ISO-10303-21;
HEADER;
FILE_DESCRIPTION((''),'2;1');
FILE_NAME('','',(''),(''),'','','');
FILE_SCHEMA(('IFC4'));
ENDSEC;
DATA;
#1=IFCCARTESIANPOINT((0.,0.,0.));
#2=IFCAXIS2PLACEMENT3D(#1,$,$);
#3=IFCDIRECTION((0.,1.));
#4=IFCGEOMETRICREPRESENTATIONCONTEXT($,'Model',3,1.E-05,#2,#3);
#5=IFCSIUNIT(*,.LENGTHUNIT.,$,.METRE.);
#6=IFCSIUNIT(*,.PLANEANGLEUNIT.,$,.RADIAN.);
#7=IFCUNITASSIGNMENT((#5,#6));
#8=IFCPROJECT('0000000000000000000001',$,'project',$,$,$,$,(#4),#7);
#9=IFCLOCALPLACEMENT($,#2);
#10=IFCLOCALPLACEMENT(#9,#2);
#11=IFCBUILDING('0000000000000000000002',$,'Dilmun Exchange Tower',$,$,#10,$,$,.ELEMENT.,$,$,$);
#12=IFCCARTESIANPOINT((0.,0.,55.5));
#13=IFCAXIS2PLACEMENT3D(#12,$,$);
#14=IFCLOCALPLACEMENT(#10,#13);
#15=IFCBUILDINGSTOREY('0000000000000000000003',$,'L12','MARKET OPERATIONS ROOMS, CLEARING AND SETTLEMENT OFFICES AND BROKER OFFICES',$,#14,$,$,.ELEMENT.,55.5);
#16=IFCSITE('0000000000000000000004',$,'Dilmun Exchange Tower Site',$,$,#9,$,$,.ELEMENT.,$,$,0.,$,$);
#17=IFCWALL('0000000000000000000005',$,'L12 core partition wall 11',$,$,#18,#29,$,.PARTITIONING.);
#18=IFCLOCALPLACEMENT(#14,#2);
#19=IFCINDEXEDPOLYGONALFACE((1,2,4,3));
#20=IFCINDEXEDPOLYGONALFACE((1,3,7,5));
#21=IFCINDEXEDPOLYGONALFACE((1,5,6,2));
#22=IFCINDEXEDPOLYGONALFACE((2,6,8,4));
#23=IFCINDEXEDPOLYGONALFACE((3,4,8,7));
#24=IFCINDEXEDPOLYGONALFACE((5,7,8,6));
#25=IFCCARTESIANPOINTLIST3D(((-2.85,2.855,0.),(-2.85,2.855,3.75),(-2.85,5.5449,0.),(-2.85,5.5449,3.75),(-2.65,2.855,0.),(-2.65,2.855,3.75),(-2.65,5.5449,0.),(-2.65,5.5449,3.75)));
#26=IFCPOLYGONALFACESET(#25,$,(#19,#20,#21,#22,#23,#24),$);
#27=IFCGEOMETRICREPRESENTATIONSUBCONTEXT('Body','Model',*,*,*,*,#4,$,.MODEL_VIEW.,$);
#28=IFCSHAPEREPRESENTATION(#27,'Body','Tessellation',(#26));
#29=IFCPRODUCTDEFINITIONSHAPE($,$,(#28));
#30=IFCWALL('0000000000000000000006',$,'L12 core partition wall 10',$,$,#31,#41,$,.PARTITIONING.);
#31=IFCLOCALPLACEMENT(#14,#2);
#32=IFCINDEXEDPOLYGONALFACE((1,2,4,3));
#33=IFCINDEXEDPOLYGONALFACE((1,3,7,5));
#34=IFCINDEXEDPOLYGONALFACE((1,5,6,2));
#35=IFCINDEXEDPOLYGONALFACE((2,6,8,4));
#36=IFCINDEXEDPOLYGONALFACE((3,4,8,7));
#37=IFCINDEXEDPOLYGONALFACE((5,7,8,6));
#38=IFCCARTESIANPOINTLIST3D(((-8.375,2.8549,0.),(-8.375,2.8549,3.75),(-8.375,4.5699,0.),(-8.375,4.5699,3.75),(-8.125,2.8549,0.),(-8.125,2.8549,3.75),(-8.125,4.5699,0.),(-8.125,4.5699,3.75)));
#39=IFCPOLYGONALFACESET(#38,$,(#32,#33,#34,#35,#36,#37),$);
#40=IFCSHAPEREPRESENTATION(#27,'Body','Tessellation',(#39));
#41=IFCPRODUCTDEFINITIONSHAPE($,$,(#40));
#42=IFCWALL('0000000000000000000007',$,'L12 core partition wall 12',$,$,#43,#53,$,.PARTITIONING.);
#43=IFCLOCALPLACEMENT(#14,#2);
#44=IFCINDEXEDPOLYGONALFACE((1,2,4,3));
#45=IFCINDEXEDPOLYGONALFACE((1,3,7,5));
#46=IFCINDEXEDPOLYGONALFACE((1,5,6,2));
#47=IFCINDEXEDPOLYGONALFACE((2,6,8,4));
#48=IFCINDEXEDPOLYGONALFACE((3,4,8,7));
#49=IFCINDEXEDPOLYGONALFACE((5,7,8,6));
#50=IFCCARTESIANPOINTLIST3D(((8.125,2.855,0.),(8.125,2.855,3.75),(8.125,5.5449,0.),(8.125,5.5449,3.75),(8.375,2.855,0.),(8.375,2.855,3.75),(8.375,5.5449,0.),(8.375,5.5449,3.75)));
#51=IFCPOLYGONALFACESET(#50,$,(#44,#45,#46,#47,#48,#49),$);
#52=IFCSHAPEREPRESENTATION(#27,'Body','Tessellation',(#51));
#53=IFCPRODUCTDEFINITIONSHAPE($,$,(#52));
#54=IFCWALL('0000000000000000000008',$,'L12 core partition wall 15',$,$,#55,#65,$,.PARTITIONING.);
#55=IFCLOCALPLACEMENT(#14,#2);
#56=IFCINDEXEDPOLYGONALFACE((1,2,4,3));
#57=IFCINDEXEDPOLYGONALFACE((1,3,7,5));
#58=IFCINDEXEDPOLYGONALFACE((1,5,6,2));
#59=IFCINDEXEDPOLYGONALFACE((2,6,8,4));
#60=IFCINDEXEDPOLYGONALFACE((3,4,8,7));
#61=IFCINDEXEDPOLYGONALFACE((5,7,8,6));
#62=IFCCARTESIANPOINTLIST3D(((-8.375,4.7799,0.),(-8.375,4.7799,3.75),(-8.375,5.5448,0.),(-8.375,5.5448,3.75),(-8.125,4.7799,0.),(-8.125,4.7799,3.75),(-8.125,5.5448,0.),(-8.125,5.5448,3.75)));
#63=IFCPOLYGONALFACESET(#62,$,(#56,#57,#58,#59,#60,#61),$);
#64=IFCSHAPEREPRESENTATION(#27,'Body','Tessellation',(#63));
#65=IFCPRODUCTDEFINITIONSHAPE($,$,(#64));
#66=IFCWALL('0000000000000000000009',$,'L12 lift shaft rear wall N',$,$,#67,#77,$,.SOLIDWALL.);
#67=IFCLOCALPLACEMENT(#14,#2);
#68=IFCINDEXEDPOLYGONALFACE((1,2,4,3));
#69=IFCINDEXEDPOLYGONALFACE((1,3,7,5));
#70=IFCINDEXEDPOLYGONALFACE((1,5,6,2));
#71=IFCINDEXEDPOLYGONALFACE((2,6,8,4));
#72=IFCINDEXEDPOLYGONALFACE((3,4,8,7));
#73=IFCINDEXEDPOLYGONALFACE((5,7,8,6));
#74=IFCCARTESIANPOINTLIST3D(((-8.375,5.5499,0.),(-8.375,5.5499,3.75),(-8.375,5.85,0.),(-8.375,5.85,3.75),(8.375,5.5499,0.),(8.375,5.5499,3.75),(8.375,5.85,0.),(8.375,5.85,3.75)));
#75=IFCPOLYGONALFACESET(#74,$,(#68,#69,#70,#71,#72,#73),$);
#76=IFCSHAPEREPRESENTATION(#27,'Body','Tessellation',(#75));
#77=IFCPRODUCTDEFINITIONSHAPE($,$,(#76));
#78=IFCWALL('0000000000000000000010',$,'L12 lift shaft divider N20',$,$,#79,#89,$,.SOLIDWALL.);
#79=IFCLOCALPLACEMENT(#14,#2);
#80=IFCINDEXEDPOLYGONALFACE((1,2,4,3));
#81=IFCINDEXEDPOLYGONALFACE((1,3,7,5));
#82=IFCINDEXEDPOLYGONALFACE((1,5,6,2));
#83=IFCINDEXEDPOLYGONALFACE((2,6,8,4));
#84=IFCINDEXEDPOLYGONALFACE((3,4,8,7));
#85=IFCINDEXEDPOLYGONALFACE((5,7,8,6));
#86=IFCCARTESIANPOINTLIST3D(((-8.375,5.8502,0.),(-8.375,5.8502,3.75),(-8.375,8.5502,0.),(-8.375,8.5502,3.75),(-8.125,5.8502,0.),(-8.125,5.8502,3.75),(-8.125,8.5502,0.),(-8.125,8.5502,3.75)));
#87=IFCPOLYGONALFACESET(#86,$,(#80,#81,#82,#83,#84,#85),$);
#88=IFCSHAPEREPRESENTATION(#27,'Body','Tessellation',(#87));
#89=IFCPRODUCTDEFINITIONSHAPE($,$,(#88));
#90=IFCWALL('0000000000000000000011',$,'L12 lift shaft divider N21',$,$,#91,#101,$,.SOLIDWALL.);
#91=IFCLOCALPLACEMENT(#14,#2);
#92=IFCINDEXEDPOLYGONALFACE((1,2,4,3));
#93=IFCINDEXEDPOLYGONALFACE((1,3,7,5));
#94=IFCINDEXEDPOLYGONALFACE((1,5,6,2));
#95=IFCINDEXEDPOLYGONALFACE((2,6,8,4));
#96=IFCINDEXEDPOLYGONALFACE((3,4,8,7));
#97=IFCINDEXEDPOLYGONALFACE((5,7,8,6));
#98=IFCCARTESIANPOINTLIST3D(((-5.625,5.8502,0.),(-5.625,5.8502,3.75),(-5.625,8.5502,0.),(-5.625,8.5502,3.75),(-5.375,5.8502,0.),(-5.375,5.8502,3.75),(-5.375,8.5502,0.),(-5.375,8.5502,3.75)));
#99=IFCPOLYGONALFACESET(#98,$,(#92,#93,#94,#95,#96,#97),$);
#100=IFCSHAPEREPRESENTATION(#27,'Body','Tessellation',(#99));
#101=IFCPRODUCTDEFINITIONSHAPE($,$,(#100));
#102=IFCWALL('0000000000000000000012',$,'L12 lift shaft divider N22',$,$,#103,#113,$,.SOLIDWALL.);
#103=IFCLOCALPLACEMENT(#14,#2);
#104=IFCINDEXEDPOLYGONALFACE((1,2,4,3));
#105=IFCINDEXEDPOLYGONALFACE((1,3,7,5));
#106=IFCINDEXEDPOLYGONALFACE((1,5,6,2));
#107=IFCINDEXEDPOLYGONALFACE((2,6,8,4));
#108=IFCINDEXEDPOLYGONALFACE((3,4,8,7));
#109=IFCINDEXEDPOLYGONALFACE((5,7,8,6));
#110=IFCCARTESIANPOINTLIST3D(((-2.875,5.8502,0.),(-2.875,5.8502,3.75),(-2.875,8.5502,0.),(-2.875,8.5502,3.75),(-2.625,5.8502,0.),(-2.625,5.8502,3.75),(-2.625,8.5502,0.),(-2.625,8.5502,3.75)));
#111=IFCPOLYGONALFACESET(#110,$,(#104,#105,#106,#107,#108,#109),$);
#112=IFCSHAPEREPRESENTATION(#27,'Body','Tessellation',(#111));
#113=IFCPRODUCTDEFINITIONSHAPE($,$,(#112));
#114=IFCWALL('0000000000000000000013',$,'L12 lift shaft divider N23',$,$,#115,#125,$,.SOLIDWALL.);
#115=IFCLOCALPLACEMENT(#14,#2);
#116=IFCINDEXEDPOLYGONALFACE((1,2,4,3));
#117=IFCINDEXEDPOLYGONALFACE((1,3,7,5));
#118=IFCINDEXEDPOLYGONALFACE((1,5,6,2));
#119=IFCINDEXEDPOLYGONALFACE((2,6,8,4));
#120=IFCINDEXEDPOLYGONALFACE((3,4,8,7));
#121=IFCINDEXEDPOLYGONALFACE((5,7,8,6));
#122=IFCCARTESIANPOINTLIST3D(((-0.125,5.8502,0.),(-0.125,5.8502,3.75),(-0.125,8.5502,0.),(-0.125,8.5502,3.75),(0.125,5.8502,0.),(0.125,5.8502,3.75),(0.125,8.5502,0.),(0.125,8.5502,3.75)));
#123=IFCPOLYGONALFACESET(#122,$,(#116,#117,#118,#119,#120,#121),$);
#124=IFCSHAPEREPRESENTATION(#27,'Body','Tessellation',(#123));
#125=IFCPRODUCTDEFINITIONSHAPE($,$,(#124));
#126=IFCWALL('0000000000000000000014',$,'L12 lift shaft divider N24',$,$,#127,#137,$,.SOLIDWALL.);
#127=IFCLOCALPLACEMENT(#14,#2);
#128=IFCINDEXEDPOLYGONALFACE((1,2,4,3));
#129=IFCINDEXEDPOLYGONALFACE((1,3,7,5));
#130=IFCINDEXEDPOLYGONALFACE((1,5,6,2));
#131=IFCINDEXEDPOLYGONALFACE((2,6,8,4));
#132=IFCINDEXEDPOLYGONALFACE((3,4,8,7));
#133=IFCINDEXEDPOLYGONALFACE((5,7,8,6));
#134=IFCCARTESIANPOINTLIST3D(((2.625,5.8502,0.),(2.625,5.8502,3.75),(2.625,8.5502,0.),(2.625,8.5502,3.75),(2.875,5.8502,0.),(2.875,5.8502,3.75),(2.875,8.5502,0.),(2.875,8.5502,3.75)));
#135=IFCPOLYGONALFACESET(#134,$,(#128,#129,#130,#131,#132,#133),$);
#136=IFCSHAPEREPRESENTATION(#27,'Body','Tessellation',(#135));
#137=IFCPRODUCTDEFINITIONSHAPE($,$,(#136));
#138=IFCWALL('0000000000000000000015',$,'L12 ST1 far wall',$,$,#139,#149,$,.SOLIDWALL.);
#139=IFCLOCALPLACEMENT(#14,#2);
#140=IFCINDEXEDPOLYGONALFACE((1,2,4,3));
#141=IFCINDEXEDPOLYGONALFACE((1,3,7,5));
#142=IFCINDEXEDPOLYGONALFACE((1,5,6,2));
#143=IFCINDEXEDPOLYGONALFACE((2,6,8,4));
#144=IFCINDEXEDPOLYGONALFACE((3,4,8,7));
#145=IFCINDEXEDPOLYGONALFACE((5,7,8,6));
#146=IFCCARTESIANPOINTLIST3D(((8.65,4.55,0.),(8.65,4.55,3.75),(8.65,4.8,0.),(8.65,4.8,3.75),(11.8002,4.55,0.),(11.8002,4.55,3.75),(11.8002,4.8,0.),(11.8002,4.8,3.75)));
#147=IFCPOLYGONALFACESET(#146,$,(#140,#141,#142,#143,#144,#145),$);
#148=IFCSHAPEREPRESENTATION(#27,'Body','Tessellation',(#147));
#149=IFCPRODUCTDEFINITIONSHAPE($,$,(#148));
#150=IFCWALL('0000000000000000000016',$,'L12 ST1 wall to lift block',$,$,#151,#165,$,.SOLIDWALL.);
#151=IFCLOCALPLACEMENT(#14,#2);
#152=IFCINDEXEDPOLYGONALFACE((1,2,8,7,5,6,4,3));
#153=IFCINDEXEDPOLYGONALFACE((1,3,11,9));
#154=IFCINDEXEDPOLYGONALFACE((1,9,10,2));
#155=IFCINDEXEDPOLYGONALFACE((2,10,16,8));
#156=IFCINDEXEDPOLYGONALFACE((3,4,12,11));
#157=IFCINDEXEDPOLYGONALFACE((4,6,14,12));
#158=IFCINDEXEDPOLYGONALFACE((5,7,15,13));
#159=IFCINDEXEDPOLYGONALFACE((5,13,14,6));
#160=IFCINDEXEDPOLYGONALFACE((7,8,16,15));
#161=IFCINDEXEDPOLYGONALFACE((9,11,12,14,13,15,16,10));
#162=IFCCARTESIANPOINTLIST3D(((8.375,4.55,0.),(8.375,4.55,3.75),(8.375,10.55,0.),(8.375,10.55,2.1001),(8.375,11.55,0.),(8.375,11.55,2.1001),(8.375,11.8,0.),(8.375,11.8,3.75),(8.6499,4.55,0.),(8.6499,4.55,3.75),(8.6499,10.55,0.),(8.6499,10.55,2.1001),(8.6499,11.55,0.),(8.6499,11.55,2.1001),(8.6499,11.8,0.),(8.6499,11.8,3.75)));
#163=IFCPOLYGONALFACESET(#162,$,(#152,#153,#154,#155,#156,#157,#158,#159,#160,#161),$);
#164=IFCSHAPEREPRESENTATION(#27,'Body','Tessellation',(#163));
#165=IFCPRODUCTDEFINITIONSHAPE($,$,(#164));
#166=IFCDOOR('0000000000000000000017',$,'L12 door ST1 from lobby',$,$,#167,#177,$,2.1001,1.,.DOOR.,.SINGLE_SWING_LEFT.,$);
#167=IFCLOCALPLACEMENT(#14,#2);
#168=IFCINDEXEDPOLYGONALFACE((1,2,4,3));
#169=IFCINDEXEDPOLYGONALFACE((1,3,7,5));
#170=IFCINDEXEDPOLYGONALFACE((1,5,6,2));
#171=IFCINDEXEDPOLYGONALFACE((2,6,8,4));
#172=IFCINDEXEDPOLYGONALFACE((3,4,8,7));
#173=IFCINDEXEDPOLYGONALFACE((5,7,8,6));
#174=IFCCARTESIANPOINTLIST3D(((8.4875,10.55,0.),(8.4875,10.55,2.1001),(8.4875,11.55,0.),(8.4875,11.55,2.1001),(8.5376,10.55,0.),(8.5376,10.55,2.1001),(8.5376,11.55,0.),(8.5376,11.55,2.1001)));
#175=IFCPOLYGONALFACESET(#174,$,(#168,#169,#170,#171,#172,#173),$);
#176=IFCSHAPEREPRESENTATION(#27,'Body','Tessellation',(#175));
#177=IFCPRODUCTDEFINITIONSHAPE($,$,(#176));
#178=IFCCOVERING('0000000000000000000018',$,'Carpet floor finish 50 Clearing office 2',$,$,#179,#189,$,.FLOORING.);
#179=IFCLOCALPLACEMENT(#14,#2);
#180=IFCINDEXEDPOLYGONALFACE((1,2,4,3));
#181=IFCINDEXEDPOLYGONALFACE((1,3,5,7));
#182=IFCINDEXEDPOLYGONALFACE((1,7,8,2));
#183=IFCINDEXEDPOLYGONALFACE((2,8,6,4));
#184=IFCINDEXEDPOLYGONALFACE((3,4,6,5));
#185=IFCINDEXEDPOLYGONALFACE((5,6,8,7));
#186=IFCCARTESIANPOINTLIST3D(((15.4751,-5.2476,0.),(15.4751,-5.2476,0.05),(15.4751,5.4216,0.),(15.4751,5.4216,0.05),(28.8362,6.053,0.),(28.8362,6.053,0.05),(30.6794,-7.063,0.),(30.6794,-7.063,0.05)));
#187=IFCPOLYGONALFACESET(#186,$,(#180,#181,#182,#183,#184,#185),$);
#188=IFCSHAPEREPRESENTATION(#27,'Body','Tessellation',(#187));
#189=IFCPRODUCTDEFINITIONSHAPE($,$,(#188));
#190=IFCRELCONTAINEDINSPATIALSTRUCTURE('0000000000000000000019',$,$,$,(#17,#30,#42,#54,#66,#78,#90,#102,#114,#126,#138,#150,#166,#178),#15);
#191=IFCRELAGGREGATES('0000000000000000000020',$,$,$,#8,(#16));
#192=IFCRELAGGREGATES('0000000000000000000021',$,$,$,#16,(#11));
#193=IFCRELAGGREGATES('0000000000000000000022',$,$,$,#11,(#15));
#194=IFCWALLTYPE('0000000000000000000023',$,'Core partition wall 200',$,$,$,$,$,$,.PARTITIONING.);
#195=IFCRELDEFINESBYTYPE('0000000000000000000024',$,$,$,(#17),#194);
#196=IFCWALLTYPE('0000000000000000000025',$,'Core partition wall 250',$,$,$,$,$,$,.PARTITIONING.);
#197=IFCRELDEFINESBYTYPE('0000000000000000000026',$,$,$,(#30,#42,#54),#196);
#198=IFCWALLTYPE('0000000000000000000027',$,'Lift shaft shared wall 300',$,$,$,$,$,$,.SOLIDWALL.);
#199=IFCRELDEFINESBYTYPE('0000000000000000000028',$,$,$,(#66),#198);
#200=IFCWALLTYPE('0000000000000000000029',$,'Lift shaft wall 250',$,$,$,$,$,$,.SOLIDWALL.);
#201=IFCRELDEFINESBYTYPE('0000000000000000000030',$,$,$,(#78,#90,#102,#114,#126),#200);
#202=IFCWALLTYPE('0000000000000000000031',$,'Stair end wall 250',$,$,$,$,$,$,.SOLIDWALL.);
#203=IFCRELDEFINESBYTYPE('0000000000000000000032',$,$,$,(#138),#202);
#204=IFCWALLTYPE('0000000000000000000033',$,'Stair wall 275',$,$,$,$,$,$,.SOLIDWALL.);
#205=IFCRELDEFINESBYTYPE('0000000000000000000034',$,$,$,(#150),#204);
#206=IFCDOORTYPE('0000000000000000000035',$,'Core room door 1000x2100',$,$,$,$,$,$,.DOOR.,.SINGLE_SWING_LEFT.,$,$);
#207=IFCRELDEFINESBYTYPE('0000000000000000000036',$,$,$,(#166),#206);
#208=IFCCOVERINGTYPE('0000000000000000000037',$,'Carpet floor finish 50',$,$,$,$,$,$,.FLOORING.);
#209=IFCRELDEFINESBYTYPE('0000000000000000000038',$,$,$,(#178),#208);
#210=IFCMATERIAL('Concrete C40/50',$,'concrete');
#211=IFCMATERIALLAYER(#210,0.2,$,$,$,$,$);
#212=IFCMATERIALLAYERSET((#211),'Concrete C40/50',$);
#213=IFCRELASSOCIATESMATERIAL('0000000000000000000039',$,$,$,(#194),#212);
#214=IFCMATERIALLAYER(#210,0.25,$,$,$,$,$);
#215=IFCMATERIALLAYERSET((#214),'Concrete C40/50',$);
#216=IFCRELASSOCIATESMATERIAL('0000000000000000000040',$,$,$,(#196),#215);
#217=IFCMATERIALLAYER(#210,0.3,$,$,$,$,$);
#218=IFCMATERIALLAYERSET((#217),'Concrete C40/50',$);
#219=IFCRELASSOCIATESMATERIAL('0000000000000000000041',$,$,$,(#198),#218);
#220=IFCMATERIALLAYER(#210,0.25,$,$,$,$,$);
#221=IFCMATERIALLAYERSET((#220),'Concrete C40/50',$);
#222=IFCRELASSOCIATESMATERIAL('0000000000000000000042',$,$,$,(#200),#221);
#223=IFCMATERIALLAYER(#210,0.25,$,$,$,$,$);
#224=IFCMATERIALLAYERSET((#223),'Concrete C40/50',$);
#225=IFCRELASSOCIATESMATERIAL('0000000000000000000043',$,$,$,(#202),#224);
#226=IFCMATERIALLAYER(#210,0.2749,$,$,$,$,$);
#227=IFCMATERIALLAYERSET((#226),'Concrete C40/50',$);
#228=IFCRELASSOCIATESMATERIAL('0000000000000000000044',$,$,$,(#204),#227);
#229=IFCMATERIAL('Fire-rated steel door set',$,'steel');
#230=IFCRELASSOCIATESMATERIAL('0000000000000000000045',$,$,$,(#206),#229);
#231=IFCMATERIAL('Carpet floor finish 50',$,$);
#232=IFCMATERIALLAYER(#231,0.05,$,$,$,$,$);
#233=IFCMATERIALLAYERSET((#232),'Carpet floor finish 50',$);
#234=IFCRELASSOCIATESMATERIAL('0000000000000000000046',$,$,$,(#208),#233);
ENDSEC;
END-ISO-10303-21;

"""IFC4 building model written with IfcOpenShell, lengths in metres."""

from ifc_helpers import new_model, si_unit, direction, frame, frame_2d, origin, place, context, subcontext, project, spatial, polyline, rectangle, outline, extrude, material, layer, layer_set, type_object, element, fill, save


model = new_model("IFC4")

# Units and contexts
model_context = context("Model", 3, precision=1e-05, world=origin(), true_north=direction((0.0, 1.0)))
body_context = subcontext(model_context, "Body", "Model", "MODEL_VIEW")
ifc_project = project(units=[si_unit("LENGTHUNIT", "METRE"), si_unit("PLANEANGLEUNIT", "RADIAN")], contexts=[model_context])

# Site, building, storey
site_placement = place(None, origin())
site = spatial("IfcSite", under=ifc_project, at=site_placement, Name="Dilmun Exchange Tower Site", CompositionType="ELEMENT", RefElevation=0.0)
building_placement = place(site_placement, origin())
building = spatial("IfcBuilding", under=site, at=building_placement, Name="Dilmun Exchange Tower", CompositionType="ELEMENT")
storey_placement = place(building_placement, frame((0.0, 0.0, 55.5)))
storey = spatial("IfcBuildingStorey", under=building, at=storey_placement, Name="L12", Description="MARKET OPERATIONS ROOMS, CLEARING AND SETTLEMENT OFFICES AND BROKER OFFICES", CompositionType="ELEMENT", Elevation=55.5)

# Walls
ifc_material_1 = material(Name="Concrete C40/50", Category="concrete")
ifc_layer_1 = layer(ifc_material_1, 0.2)
ifc_layer_set_1 = layer_set([ifc_layer_1], Name="Concrete C40/50")
wall_type_1 = type_object("IfcWallType", Name="Core partition wall 200", PredefinedType="PARTITIONING", material=ifc_layer_set_1)
wall_1_placement = place(storey_placement, frame((-2.75, 2.855, 0.0), z_axis=(0.0, 0.0, 1.0), x_axis=(0.0, 1.0, 0.0)))
element("IfcWall", 1, at=wall_1_placement, inside=storey, type_object=wall_type_1, Name="L12 core partition wall 11", PredefinedType="PARTITIONING", context=body_context, shape_type="SweptSolid", body=[
    extrude(rectangle(XDim=2.6899, YDim=0.2, at=frame_2d((1.345, 0.0))), origin(), (0.0, 0.0, 1.0), 3.75),
])
ifc_layer_2 = layer(ifc_material_1, 0.25)
ifc_layer_set_2 = layer_set([ifc_layer_2], Name="Concrete C40/50")
wall_type_2 = type_object("IfcWallType", Name="Core partition wall 250", PredefinedType="PARTITIONING", material=ifc_layer_set_2)
wall_2_placement = place(storey_placement, frame((-8.25, 2.855, 0.0), z_axis=(0.0, 0.0, 1.0), x_axis=(0.0, 1.0, 0.0)))
element("IfcWall", 2, at=wall_2_placement, inside=storey, type_object=wall_type_2, Name="L12 core partition wall 10", PredefinedType="PARTITIONING", context=body_context, shape_type="SweptSolid", body=[
    extrude(rectangle(XDim=1.7151, YDim=0.25, at=frame_2d((0.8574, 0.0))), origin(), (0.0, 0.0, 1.0), 3.75),
])
wall_3_placement = place(storey_placement, frame((8.25, 2.855, 0.0), z_axis=(0.0, 0.0, 1.0), x_axis=(0.0, 1.0, 0.0)))
element("IfcWall", 3, at=wall_3_placement, inside=storey, type_object=wall_type_2, Name="L12 core partition wall 12", PredefinedType="PARTITIONING", context=body_context, shape_type="SweptSolid", body=[
    extrude(rectangle(XDim=2.6899, YDim=0.25, at=frame_2d((1.345, 0.0))), origin(), (0.0, 0.0, 1.0), 3.75),
])
wall_4_placement = place(storey_placement, frame((-8.25, 4.78, 0.0), z_axis=(0.0, 0.0, 1.0), x_axis=(0.0, 1.0, 0.0)))
element("IfcWall", 4, at=wall_4_placement, inside=storey, type_object=wall_type_2, Name="L12 core partition wall 15", PredefinedType="PARTITIONING", context=body_context, shape_type="SweptSolid", body=[
    extrude(rectangle(XDim=0.7649, YDim=0.25, at=frame_2d((0.3823, 0.0))), origin(), (0.0, 0.0, 1.0), 3.75),
])
ifc_layer_3 = layer(ifc_material_1, 0.3)
ifc_layer_set_3 = layer_set([ifc_layer_3], Name="Concrete C40/50")
wall_type_3 = type_object("IfcWallType", Name="Lift shaft shared wall 300", PredefinedType="SOLIDWALL", material=ifc_layer_set_3)
wall_5_placement = place(storey_placement, frame((-8.375, 5.7, 0.0), z_axis=(0.0, 0.0, 1.0), x_axis=(1.0, 0.0, 0.0)))
element("IfcWall", 5, at=wall_5_placement, inside=storey, type_object=wall_type_3, Name="L12 lift shaft rear wall N", PredefinedType="SOLIDWALL", context=body_context, shape_type="SweptSolid", body=[
    extrude(rectangle(XDim=16.75, YDim=0.3, at=frame_2d((8.375, 0.0))), origin(), (0.0, 0.0, 1.0), 3.75),
])
ifc_layer_4 = layer(ifc_material_1, 0.25)
ifc_layer_set_4 = layer_set([ifc_layer_4], Name="Concrete C40/50")
wall_type_4 = type_object("IfcWallType", Name="Lift shaft wall 250", PredefinedType="SOLIDWALL", material=ifc_layer_set_4)
for number, where, z_axis, x_axis, name in (
    (6, (-8.25, 5.8501, 0.0), (0.0, 0.0, 1.0), (0.0, 1.0, 0.0), "L12 lift shaft divider N20"),
    (7, (-5.5, 5.8501, 0.0), (0.0, 0.0, 1.0), (0.0, 1.0, 0.0), "L12 lift shaft divider N21"),
    (8, (-2.75, 5.8501, 0.0), (0.0, 0.0, 1.0), (0.0, 1.0, 0.0), "L12 lift shaft divider N22"),
    (9, (0.0, 5.8501, 0.0), (0.0, 0.0, 1.0), (0.0, 1.0, 0.0), "L12 lift shaft divider N23"),
    (10, (2.75, 5.8501, 0.0), (0.0, 0.0, 1.0), (0.0, 1.0, 0.0), "L12 lift shaft divider N24"),
):
    element("IfcWall", number, at=place(storey_placement, frame(where, z_axis=z_axis, x_axis=x_axis)), inside=storey, type_object=wall_type_4, Name=name, PredefinedType="SOLIDWALL", context=body_context, shape_type="SweptSolid", body=[
        extrude(rectangle(XDim=2.7, YDim=0.25, at=frame_2d((1.3501, 0.0))), origin(), (0.0, 0.0, 1.0), 3.75),
    ])
ifc_layer_5 = layer(ifc_material_1, 0.25)
ifc_layer_set_5 = layer_set([ifc_layer_5], Name="Concrete C40/50")
wall_type_5 = type_object("IfcWallType", Name="Stair end wall 250", PredefinedType="SOLIDWALL", material=ifc_layer_set_5)
wall_6_placement = place(storey_placement, frame((8.6499, 4.675, 0.0), z_axis=(0.0, 0.0, 1.0), x_axis=(1.0, 0.0, 0.0)))
element("IfcWall", 11, at=wall_6_placement, inside=storey, type_object=wall_type_5, Name="L12 ST1 far wall", PredefinedType="SOLIDWALL", context=body_context, shape_type="SweptSolid", body=[
    extrude(rectangle(XDim=3.1501, YDim=0.25, at=frame_2d((1.5752, 0.0))), origin(), (0.0, 0.0, 1.0), 3.75),
])

# Wall, opening, door
ifc_layer_6 = layer(ifc_material_1, 0.2749)
ifc_layer_set_6 = layer_set([ifc_layer_6], Name="Concrete C40/50")
wall_type_6 = type_object("IfcWallType", Name="Stair wall 275", PredefinedType="SOLIDWALL", material=ifc_layer_set_6)
wall_7_placement = place(storey_placement, frame((8.5125, 4.55, 0.0), z_axis=(0.0, 0.0, 1.0), x_axis=(0.0, 1.0, 0.0)))
wall_7 = element("IfcWall", 12, at=wall_7_placement, inside=storey, type_object=wall_type_6, Name="L12 ST1 wall to lift block", PredefinedType="SOLIDWALL", context=body_context, shape_type="SweptSolid", body=[
    extrude(rectangle(XDim=7.25, YDim=0.2749, at=frame_2d((3.625, 0.0))), origin(), (0.0, 0.0, 1.0), 3.75),
])
opening_placement = place(wall_7_placement, frame((6.0, 0.0, 0.0)))
opening = element("IfcOpeningElement", 13, at=opening_placement, cuts=wall_7, PredefinedType="OPENING", context=body_context, shape_type="SweptSolid", body=[
    extrude(rectangle(XDim=1.0, YDim=2.1001, at=frame_2d((0.5, 1.05))), frame((0.0, 0.1475, 0.0), z_axis=(0.0, -1.0, 0.0), x_axis=(1.0, 0.0, 0.0)), (0.0, 0.0, 1.0), 0.2949),
])
ifc_material_2 = material(Name="Fire-rated steel door set", Category="steel")
door_type = type_object("IfcDoorType", Name="Core room door 1000x2100", OperationType="SINGLE_SWING_LEFT", PredefinedType="DOOR", material=ifc_material_2)
door_placement = place(opening_placement, origin())
door = element("IfcDoor", 14, at=door_placement, inside=storey, type_object=door_type, Name="L12 door ST1 from lobby", OperationType="SINGLE_SWING_LEFT", OverallHeight=2.1001, OverallWidth=1.0, PredefinedType="DOOR", context=body_context, shape_type="SweptSolid", body=[
    extrude(rectangle(XDim=1.0, YDim=2.1001, at=frame_2d((0.5, 1.05))), frame((0.0, 0.0249, 0.0), z_axis=(0.0, -1.0, 0.0), x_axis=(1.0, 0.0, 0.0)), (0.0, 0.0, 1.0), 0.05),
])
fill(opening, door)

# Covering
ifc_material_3 = material(Name="Carpet floor finish 50")
ifc_layer_7 = layer(ifc_material_3, 0.05)
ifc_layer_set_7 = layer_set([ifc_layer_7], Name="Carpet floor finish 50")
covering_type = type_object("IfcCoveringType", Name="Carpet floor finish 50", PredefinedType="FLOORING", material=ifc_layer_set_7)
covering_placement = place(storey_placement, origin())
element("IfcCovering", 15, at=covering_placement, inside=storey, type_object=covering_type, Name="Carpet floor finish 50 Clearing office 2", PredefinedType="FLOORING", context=body_context, shape_type="SweptSolid", body=[
    extrude(outline(polyline([(15.4751, -5.2476), (15.4751, 5.4216), (28.8362, 6.053), (30.6794, -7.063), (15.4751, -5.2476)])), origin(), (0.0, 0.0, 1.0), 0.05),
])

save(model, "model.ifc")
